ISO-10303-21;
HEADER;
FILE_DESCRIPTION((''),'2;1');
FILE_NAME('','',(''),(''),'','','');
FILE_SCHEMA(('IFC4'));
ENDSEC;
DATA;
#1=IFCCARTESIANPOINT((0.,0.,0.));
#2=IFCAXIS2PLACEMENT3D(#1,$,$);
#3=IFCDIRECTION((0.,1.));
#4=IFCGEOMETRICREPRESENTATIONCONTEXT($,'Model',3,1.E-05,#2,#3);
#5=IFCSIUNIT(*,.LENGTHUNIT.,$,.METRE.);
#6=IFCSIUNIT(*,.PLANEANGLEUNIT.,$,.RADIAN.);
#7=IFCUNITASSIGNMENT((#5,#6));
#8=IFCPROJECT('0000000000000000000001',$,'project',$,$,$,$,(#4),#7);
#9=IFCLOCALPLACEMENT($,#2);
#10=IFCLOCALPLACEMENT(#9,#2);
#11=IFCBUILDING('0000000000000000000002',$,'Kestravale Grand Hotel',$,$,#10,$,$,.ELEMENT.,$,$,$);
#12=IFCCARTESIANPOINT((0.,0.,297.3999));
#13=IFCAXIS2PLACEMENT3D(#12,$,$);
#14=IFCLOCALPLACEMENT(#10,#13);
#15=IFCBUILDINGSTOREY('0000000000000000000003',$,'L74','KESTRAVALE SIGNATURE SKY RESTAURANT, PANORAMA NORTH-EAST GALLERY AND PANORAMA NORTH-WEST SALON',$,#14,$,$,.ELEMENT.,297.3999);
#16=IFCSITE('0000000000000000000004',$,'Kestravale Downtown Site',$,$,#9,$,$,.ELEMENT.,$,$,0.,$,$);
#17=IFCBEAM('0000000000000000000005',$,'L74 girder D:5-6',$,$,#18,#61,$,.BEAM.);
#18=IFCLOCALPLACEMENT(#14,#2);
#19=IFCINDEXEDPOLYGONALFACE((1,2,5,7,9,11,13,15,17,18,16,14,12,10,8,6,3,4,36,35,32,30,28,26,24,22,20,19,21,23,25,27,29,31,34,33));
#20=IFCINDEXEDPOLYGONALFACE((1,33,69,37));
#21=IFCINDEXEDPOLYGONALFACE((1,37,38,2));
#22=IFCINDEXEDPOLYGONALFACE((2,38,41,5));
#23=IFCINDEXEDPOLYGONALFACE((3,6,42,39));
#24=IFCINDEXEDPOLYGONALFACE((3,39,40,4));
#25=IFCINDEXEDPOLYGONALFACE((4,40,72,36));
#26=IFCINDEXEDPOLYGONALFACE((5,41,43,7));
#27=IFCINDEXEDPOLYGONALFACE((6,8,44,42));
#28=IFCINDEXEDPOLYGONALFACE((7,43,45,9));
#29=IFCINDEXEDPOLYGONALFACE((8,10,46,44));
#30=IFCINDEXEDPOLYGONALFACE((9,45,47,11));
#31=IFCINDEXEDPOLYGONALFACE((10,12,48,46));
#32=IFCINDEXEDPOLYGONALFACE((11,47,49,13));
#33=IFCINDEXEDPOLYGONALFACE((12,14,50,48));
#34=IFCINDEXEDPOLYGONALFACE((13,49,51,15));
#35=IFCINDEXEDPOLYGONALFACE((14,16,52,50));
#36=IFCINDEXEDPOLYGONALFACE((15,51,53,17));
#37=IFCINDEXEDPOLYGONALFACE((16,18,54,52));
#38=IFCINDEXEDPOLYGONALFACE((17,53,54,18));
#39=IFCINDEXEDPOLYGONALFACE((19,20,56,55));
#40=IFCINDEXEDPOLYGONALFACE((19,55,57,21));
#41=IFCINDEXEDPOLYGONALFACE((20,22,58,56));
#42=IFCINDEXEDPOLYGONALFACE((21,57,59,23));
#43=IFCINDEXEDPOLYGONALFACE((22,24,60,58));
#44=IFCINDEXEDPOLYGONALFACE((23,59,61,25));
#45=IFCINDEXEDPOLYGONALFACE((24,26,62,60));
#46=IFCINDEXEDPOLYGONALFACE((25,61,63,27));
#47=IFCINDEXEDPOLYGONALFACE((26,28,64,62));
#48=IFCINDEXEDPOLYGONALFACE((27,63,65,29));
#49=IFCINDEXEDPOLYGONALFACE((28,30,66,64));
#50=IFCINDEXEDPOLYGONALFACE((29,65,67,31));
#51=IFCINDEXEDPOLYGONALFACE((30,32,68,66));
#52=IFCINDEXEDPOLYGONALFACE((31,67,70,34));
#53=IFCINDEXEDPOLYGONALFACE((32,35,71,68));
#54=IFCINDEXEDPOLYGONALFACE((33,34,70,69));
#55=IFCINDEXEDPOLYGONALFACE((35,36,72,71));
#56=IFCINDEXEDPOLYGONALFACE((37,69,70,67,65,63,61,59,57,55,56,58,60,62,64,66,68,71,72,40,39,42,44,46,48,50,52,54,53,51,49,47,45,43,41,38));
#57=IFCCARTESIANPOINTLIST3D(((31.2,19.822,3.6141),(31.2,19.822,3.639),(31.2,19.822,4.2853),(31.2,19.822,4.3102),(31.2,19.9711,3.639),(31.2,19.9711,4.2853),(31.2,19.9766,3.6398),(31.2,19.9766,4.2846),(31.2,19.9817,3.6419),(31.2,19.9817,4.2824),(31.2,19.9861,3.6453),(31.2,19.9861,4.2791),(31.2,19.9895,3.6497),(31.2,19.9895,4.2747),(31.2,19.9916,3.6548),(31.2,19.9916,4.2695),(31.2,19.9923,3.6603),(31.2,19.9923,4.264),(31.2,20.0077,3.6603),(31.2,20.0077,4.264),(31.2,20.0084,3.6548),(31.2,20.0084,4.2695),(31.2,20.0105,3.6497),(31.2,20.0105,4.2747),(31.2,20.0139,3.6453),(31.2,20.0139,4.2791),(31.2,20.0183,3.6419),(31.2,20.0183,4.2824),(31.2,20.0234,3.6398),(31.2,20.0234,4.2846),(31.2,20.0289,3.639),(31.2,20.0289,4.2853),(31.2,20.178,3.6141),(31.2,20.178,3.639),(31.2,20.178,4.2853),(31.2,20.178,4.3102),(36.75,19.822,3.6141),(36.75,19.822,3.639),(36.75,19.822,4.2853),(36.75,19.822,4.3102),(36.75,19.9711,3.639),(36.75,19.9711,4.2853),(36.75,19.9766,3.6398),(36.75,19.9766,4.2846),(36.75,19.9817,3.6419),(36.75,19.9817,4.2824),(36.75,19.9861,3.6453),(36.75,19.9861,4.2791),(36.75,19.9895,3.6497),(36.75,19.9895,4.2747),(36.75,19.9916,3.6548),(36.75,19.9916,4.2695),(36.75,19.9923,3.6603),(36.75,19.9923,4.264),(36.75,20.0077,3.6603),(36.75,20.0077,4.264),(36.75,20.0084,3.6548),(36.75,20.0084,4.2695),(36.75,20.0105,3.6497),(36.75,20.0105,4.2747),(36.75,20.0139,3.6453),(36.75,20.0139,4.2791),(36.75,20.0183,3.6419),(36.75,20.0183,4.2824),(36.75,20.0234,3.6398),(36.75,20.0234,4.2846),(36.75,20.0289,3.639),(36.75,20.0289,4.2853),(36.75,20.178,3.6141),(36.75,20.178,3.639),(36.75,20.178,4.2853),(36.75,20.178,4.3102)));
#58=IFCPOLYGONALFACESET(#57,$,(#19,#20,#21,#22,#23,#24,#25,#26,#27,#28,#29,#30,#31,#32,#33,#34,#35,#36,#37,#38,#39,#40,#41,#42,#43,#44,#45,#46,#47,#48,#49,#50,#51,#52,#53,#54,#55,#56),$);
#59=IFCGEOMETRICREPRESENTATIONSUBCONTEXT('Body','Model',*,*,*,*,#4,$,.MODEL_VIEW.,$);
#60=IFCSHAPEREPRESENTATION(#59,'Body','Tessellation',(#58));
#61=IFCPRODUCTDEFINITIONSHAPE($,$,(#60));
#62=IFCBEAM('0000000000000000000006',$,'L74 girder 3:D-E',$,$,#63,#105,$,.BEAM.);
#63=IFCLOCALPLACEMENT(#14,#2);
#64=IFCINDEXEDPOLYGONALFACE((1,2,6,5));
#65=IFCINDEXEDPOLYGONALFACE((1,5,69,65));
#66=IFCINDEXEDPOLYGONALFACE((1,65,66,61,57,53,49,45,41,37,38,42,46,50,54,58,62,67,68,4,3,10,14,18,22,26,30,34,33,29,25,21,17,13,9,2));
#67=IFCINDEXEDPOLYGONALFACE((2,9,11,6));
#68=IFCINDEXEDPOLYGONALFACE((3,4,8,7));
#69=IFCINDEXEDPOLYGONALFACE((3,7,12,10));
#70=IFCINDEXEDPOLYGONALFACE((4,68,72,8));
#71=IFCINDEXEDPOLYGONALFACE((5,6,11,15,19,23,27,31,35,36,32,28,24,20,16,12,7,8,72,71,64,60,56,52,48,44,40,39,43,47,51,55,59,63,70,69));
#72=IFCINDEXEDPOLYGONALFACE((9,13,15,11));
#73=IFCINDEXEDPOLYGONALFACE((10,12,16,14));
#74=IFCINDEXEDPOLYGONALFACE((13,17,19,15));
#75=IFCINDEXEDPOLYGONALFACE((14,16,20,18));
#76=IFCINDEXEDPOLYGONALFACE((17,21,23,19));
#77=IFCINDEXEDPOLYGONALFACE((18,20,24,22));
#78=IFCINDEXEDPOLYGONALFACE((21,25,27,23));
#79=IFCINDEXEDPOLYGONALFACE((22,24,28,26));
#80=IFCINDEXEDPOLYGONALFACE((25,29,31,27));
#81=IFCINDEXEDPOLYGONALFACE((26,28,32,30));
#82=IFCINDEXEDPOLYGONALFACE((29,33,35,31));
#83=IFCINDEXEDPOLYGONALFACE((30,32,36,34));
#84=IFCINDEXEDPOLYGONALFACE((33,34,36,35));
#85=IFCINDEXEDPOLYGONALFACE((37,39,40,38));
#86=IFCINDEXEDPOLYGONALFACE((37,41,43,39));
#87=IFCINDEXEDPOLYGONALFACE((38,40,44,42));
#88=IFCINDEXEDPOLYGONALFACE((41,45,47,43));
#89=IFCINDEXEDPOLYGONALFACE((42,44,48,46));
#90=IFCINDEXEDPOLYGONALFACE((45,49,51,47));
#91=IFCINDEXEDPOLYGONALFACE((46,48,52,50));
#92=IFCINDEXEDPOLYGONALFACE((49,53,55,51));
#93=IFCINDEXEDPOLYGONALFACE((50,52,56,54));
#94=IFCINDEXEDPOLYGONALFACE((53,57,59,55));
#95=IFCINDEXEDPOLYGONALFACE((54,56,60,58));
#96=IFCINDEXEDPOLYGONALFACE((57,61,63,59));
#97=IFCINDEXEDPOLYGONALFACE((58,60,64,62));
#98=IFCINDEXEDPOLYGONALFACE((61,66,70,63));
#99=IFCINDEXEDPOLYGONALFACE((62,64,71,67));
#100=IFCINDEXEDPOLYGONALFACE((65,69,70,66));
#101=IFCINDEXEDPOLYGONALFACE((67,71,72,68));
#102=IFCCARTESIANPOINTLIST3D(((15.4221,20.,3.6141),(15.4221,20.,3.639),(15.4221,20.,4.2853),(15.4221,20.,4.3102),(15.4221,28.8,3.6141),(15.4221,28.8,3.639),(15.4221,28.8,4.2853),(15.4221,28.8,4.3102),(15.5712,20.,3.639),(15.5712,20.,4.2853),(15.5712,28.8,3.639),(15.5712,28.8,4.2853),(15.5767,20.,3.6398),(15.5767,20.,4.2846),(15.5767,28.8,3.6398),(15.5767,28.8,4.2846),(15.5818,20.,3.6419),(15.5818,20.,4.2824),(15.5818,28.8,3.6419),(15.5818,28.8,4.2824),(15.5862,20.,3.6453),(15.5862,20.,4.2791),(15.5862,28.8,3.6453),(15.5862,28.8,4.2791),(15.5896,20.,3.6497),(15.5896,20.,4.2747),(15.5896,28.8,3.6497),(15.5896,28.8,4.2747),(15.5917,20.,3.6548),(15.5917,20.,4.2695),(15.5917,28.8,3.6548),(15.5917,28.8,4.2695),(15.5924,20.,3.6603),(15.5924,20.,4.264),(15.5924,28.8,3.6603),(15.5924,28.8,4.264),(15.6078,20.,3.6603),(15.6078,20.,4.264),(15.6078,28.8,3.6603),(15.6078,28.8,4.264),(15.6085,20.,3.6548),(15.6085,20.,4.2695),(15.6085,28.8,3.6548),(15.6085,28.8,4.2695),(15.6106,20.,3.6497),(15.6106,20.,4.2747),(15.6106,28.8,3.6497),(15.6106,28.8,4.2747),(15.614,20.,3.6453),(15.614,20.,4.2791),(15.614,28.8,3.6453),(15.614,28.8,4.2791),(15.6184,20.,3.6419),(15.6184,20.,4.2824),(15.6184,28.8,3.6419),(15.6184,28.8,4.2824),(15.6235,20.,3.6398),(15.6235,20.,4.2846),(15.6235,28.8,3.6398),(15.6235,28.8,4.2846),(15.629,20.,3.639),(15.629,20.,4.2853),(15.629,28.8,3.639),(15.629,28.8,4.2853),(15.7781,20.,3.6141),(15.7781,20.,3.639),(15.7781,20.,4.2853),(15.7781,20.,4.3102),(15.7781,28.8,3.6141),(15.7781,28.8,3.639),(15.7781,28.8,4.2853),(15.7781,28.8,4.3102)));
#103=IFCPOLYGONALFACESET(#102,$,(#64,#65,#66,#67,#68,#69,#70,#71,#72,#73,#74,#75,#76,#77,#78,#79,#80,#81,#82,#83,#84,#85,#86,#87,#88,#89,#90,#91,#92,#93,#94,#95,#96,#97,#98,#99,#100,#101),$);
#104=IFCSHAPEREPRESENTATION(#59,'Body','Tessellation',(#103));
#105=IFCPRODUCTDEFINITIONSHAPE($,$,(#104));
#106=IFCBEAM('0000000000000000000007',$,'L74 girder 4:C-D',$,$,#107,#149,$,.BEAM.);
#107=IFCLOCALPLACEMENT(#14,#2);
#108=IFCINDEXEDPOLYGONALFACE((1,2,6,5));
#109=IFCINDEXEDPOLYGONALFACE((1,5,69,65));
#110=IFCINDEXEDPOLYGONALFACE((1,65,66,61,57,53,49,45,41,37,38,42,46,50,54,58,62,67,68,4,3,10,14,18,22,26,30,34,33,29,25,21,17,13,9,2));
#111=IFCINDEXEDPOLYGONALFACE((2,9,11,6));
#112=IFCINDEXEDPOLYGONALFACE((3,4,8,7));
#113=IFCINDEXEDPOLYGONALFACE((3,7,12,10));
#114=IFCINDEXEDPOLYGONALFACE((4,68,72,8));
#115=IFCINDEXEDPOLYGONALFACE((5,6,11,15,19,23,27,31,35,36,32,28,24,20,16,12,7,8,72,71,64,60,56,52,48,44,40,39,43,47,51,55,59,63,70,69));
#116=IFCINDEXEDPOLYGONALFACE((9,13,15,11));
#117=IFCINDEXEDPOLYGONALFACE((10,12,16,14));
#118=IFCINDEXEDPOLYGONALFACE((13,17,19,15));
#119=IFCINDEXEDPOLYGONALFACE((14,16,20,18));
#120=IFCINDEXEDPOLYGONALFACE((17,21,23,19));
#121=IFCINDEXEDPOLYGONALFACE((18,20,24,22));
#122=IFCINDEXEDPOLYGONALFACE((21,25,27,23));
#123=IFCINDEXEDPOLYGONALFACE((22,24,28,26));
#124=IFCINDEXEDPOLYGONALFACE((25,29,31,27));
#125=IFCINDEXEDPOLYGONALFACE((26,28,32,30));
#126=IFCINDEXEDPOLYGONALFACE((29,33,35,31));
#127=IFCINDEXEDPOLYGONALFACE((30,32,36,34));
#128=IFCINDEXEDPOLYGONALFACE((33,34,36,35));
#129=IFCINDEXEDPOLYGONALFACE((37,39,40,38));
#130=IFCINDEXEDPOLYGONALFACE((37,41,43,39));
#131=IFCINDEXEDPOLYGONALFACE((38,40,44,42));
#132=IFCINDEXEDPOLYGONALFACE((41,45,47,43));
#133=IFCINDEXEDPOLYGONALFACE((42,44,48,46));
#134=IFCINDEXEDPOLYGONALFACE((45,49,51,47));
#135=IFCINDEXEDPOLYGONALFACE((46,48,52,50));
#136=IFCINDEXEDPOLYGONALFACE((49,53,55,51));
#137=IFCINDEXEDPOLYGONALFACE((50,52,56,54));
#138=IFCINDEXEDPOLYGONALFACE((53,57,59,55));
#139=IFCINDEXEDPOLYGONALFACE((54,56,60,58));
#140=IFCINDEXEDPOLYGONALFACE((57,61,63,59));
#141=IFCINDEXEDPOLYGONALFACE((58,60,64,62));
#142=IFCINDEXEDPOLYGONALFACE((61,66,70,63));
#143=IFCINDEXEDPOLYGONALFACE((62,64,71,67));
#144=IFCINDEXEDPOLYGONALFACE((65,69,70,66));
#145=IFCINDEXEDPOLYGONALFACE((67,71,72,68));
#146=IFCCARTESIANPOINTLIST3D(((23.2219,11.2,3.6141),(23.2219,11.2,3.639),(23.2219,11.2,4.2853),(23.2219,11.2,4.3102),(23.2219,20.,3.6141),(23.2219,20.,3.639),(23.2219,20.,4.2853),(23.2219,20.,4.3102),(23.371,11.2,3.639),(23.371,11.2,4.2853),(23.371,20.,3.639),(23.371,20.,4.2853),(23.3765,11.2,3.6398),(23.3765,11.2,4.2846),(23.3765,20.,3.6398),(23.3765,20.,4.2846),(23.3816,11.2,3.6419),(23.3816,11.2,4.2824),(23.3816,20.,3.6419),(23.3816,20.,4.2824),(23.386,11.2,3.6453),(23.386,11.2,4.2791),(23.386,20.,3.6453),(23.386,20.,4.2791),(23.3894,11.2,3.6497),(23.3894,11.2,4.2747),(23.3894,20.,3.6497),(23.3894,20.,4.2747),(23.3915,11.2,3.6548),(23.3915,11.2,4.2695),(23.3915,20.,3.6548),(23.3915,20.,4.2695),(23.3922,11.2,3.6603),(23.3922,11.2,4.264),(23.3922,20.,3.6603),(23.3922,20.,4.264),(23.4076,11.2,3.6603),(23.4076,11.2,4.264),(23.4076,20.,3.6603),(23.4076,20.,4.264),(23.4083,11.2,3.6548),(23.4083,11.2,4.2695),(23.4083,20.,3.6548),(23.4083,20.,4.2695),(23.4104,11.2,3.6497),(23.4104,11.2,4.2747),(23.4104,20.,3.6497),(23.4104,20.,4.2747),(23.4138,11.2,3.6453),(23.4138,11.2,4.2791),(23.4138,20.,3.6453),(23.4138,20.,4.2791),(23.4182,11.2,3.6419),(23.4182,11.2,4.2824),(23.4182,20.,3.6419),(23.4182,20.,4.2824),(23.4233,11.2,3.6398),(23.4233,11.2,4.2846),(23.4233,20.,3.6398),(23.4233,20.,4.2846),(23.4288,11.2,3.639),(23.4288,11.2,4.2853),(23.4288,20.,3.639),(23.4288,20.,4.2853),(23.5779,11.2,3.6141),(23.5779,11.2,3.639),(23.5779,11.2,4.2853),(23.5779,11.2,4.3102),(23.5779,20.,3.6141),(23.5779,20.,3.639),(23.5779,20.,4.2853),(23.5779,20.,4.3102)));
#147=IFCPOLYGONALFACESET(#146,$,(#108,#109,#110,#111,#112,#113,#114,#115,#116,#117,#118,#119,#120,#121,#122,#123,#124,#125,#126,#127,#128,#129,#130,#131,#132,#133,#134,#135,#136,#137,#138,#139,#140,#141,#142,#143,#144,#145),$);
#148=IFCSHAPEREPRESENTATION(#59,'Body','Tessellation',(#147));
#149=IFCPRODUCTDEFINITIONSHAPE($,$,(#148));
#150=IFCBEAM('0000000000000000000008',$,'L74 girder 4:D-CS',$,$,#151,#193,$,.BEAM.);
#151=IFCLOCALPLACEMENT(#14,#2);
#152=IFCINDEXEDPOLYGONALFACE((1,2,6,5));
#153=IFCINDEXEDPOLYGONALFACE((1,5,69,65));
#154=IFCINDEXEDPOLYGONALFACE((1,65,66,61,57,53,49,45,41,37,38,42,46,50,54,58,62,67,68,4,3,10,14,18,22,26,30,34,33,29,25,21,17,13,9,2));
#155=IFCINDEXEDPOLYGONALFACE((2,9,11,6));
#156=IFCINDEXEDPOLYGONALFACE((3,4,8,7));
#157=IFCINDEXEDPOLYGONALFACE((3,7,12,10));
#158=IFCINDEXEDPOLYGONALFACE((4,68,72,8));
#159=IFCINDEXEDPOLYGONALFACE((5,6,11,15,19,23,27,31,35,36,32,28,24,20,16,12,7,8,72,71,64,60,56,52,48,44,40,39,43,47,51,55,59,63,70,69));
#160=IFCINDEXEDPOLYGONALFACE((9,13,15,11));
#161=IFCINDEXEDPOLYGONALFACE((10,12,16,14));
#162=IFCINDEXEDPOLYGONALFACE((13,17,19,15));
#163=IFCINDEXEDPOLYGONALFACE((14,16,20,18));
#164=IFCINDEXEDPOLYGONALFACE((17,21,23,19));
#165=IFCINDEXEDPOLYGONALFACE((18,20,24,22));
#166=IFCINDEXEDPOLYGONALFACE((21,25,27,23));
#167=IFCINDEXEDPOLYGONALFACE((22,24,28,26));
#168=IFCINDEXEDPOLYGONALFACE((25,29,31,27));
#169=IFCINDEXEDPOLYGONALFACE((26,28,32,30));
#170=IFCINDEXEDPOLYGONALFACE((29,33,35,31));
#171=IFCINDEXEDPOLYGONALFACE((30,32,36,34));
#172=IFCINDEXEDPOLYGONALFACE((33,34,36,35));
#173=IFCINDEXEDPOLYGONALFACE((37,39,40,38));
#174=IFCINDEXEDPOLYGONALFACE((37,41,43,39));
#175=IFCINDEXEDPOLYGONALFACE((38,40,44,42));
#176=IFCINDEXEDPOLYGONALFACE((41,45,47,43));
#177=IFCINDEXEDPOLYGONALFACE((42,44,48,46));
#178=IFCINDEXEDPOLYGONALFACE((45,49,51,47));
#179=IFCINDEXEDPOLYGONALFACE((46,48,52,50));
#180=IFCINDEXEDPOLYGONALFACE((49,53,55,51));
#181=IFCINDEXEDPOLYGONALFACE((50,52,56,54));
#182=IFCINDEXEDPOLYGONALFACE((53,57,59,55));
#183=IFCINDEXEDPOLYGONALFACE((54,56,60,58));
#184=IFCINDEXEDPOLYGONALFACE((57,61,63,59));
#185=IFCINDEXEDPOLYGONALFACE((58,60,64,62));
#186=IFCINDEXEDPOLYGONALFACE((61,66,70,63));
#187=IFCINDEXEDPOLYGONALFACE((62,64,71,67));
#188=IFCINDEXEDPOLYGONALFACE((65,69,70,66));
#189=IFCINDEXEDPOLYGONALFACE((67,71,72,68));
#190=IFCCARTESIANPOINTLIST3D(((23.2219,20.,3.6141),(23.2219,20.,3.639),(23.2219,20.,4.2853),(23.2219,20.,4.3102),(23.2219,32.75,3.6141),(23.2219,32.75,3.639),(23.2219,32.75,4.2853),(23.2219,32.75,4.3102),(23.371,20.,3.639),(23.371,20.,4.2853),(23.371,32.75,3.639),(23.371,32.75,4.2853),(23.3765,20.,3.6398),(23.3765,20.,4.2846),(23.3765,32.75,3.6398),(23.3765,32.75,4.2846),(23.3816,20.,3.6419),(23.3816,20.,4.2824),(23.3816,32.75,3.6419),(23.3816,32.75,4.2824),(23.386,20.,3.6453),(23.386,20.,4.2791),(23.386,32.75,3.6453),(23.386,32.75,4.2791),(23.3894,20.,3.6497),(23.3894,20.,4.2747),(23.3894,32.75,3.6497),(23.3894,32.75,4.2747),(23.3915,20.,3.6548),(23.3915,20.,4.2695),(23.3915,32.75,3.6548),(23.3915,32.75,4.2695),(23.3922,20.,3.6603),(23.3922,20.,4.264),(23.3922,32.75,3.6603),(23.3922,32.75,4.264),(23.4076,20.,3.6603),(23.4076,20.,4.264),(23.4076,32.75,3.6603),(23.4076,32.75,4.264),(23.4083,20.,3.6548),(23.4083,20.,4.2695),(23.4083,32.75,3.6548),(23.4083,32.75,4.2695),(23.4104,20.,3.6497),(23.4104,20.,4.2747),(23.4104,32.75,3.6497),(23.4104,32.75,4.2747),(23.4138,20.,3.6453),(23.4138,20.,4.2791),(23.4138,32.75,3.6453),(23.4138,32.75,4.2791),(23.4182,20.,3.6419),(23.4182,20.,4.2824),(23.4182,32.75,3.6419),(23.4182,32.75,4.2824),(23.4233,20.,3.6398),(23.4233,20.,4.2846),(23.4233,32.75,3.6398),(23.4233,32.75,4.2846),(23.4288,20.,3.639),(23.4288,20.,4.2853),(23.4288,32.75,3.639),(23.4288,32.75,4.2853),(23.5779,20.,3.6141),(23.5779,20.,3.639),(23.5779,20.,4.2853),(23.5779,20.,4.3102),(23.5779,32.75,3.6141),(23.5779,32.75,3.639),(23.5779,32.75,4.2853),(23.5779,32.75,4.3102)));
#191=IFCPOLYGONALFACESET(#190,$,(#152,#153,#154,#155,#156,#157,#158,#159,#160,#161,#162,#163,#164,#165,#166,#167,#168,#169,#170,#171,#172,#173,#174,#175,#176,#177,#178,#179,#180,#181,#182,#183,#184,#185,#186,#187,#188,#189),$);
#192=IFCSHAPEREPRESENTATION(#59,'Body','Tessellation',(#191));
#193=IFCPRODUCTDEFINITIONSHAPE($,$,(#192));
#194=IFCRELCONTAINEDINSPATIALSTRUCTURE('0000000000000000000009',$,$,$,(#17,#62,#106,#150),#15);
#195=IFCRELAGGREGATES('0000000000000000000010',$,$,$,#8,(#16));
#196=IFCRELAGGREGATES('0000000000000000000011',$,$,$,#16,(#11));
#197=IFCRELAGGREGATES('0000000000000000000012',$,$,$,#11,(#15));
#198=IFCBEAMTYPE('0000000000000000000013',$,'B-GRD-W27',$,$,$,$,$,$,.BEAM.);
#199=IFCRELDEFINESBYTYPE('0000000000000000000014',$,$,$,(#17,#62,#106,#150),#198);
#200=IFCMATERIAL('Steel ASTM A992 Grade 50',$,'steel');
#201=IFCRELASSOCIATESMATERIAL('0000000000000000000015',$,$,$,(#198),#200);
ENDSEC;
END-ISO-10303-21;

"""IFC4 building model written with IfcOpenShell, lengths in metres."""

from ifc_helpers import new_model, si_unit, direction, frame, origin, origin_2d, place, context, subcontext, project, spatial, i_section, extrude, material, material_profile, profile_set, type_object, element, save


model = new_model("IFC4")

# Units and contexts
model_context = context("Model", 3, precision=1e-05, world=origin(), true_north=direction((0.0, 1.0)))
body_context = subcontext(model_context, "Body", "Model", "MODEL_VIEW")
ifc_project = project(units=[si_unit("LENGTHUNIT", "METRE"), si_unit("PLANEANGLEUNIT", "RADIAN")], contexts=[model_context])

# Site, building, storey
site_placement = place(None, origin())
site = spatial("IfcSite", under=ifc_project, at=site_placement, Name="Kestravale Downtown Site", CompositionType="ELEMENT", RefElevation=0.0)
building_placement = place(site_placement, origin())
building = spatial("IfcBuilding", under=site, at=building_placement, Name="Kestravale Grand Hotel", CompositionType="ELEMENT")
storey_placement = place(building_placement, frame((0.0, 0.0, 297.3999)))
storey = spatial("IfcBuildingStorey", under=building, at=storey_placement, Name="L74", Description="KESTRAVALE SIGNATURE SKY RESTAURANT, PANORAMA NORTH-EAST GALLERY AND PANORAMA NORTH-WEST SALON", CompositionType="ELEMENT", Elevation=297.3999)

# Beams
ifc_material_1 = material(Name="Steel ASTM A992 Grade 50", Category="steel")
ifc_material_profile_1 = material_profile(ifc_material_1, i_section(OverallWidth=0.356, OverallDepth=0.696, WebThickness=0.0154, FlangeThickness=0.0249, FilletRadius=0.0212, at=origin_2d()))
ifc_profile_set_1 = profile_set([ifc_material_profile_1], Name="Steel ASTM A992 Grade 50")
beam_type_1 = type_object("IfcBeamType", Name="B-GRD-W27", PredefinedType="BEAM", material=ifc_profile_set_1)
beam_1_placement = place(storey_placement, frame((31.2, 20.0, 3.9622), z_axis=(1.0, 0.0, 0.0), x_axis=(0.0, 1.0, 0.0)))
element("IfcBeam", 1, at=beam_1_placement, inside=storey, type_object=beam_type_1, Name="L74 girder D:5-6", PredefinedType="BEAM", context=body_context, shape_type="SweptSolid", body=[
    extrude(i_section(OverallWidth=0.356, OverallDepth=0.696, WebThickness=0.0154, FlangeThickness=0.0249, FilletRadius=0.0212, at=origin_2d()), origin(), (0.0, 0.0, 1.0), 5.55),
])
for number, where, z_axis, x_axis, name in (
    (2, (15.6001, 20.0, 3.9622), (0.0, 1.0, 0.0), (-1.0, 0.0, 0.0), "L74 girder 3:D-E"),
    (3, (23.3999, 11.2, 3.9622), (0.0, 1.0, 0.0), (-1.0, 0.0, 0.0), "L74 girder 4:C-D"),
):
    element("IfcBeam", number, at=place(storey_placement, frame(where, z_axis=z_axis, x_axis=x_axis)), inside=storey, type_object=beam_type_1, Name=name, PredefinedType="BEAM", context=body_context, shape_type="SweptSolid", body=[
        extrude(i_section(OverallWidth=0.356, OverallDepth=0.696, WebThickness=0.0154, FlangeThickness=0.0249, FilletRadius=0.0212, at=origin_2d()), origin(), (0.0, 0.0, 1.0), 8.8),
    ])
beam_2_placement = place(storey_placement, frame((23.3999, 20.0, 3.9622), z_axis=(0.0, 1.0, 0.0), x_axis=(-1.0, 0.0, 0.0)))
element("IfcBeam", 4, at=beam_2_placement, inside=storey, type_object=beam_type_1, Name="L74 girder 4:D-CS", PredefinedType="BEAM", context=body_context, shape_type="SweptSolid", body=[
    extrude(i_section(OverallWidth=0.356, OverallDepth=0.696, WebThickness=0.0154, FlangeThickness=0.0249, FilletRadius=0.0212, at=origin_2d()), origin(), (0.0, 0.0, 1.0), 12.75),
])

save(model, "model.ifc")
